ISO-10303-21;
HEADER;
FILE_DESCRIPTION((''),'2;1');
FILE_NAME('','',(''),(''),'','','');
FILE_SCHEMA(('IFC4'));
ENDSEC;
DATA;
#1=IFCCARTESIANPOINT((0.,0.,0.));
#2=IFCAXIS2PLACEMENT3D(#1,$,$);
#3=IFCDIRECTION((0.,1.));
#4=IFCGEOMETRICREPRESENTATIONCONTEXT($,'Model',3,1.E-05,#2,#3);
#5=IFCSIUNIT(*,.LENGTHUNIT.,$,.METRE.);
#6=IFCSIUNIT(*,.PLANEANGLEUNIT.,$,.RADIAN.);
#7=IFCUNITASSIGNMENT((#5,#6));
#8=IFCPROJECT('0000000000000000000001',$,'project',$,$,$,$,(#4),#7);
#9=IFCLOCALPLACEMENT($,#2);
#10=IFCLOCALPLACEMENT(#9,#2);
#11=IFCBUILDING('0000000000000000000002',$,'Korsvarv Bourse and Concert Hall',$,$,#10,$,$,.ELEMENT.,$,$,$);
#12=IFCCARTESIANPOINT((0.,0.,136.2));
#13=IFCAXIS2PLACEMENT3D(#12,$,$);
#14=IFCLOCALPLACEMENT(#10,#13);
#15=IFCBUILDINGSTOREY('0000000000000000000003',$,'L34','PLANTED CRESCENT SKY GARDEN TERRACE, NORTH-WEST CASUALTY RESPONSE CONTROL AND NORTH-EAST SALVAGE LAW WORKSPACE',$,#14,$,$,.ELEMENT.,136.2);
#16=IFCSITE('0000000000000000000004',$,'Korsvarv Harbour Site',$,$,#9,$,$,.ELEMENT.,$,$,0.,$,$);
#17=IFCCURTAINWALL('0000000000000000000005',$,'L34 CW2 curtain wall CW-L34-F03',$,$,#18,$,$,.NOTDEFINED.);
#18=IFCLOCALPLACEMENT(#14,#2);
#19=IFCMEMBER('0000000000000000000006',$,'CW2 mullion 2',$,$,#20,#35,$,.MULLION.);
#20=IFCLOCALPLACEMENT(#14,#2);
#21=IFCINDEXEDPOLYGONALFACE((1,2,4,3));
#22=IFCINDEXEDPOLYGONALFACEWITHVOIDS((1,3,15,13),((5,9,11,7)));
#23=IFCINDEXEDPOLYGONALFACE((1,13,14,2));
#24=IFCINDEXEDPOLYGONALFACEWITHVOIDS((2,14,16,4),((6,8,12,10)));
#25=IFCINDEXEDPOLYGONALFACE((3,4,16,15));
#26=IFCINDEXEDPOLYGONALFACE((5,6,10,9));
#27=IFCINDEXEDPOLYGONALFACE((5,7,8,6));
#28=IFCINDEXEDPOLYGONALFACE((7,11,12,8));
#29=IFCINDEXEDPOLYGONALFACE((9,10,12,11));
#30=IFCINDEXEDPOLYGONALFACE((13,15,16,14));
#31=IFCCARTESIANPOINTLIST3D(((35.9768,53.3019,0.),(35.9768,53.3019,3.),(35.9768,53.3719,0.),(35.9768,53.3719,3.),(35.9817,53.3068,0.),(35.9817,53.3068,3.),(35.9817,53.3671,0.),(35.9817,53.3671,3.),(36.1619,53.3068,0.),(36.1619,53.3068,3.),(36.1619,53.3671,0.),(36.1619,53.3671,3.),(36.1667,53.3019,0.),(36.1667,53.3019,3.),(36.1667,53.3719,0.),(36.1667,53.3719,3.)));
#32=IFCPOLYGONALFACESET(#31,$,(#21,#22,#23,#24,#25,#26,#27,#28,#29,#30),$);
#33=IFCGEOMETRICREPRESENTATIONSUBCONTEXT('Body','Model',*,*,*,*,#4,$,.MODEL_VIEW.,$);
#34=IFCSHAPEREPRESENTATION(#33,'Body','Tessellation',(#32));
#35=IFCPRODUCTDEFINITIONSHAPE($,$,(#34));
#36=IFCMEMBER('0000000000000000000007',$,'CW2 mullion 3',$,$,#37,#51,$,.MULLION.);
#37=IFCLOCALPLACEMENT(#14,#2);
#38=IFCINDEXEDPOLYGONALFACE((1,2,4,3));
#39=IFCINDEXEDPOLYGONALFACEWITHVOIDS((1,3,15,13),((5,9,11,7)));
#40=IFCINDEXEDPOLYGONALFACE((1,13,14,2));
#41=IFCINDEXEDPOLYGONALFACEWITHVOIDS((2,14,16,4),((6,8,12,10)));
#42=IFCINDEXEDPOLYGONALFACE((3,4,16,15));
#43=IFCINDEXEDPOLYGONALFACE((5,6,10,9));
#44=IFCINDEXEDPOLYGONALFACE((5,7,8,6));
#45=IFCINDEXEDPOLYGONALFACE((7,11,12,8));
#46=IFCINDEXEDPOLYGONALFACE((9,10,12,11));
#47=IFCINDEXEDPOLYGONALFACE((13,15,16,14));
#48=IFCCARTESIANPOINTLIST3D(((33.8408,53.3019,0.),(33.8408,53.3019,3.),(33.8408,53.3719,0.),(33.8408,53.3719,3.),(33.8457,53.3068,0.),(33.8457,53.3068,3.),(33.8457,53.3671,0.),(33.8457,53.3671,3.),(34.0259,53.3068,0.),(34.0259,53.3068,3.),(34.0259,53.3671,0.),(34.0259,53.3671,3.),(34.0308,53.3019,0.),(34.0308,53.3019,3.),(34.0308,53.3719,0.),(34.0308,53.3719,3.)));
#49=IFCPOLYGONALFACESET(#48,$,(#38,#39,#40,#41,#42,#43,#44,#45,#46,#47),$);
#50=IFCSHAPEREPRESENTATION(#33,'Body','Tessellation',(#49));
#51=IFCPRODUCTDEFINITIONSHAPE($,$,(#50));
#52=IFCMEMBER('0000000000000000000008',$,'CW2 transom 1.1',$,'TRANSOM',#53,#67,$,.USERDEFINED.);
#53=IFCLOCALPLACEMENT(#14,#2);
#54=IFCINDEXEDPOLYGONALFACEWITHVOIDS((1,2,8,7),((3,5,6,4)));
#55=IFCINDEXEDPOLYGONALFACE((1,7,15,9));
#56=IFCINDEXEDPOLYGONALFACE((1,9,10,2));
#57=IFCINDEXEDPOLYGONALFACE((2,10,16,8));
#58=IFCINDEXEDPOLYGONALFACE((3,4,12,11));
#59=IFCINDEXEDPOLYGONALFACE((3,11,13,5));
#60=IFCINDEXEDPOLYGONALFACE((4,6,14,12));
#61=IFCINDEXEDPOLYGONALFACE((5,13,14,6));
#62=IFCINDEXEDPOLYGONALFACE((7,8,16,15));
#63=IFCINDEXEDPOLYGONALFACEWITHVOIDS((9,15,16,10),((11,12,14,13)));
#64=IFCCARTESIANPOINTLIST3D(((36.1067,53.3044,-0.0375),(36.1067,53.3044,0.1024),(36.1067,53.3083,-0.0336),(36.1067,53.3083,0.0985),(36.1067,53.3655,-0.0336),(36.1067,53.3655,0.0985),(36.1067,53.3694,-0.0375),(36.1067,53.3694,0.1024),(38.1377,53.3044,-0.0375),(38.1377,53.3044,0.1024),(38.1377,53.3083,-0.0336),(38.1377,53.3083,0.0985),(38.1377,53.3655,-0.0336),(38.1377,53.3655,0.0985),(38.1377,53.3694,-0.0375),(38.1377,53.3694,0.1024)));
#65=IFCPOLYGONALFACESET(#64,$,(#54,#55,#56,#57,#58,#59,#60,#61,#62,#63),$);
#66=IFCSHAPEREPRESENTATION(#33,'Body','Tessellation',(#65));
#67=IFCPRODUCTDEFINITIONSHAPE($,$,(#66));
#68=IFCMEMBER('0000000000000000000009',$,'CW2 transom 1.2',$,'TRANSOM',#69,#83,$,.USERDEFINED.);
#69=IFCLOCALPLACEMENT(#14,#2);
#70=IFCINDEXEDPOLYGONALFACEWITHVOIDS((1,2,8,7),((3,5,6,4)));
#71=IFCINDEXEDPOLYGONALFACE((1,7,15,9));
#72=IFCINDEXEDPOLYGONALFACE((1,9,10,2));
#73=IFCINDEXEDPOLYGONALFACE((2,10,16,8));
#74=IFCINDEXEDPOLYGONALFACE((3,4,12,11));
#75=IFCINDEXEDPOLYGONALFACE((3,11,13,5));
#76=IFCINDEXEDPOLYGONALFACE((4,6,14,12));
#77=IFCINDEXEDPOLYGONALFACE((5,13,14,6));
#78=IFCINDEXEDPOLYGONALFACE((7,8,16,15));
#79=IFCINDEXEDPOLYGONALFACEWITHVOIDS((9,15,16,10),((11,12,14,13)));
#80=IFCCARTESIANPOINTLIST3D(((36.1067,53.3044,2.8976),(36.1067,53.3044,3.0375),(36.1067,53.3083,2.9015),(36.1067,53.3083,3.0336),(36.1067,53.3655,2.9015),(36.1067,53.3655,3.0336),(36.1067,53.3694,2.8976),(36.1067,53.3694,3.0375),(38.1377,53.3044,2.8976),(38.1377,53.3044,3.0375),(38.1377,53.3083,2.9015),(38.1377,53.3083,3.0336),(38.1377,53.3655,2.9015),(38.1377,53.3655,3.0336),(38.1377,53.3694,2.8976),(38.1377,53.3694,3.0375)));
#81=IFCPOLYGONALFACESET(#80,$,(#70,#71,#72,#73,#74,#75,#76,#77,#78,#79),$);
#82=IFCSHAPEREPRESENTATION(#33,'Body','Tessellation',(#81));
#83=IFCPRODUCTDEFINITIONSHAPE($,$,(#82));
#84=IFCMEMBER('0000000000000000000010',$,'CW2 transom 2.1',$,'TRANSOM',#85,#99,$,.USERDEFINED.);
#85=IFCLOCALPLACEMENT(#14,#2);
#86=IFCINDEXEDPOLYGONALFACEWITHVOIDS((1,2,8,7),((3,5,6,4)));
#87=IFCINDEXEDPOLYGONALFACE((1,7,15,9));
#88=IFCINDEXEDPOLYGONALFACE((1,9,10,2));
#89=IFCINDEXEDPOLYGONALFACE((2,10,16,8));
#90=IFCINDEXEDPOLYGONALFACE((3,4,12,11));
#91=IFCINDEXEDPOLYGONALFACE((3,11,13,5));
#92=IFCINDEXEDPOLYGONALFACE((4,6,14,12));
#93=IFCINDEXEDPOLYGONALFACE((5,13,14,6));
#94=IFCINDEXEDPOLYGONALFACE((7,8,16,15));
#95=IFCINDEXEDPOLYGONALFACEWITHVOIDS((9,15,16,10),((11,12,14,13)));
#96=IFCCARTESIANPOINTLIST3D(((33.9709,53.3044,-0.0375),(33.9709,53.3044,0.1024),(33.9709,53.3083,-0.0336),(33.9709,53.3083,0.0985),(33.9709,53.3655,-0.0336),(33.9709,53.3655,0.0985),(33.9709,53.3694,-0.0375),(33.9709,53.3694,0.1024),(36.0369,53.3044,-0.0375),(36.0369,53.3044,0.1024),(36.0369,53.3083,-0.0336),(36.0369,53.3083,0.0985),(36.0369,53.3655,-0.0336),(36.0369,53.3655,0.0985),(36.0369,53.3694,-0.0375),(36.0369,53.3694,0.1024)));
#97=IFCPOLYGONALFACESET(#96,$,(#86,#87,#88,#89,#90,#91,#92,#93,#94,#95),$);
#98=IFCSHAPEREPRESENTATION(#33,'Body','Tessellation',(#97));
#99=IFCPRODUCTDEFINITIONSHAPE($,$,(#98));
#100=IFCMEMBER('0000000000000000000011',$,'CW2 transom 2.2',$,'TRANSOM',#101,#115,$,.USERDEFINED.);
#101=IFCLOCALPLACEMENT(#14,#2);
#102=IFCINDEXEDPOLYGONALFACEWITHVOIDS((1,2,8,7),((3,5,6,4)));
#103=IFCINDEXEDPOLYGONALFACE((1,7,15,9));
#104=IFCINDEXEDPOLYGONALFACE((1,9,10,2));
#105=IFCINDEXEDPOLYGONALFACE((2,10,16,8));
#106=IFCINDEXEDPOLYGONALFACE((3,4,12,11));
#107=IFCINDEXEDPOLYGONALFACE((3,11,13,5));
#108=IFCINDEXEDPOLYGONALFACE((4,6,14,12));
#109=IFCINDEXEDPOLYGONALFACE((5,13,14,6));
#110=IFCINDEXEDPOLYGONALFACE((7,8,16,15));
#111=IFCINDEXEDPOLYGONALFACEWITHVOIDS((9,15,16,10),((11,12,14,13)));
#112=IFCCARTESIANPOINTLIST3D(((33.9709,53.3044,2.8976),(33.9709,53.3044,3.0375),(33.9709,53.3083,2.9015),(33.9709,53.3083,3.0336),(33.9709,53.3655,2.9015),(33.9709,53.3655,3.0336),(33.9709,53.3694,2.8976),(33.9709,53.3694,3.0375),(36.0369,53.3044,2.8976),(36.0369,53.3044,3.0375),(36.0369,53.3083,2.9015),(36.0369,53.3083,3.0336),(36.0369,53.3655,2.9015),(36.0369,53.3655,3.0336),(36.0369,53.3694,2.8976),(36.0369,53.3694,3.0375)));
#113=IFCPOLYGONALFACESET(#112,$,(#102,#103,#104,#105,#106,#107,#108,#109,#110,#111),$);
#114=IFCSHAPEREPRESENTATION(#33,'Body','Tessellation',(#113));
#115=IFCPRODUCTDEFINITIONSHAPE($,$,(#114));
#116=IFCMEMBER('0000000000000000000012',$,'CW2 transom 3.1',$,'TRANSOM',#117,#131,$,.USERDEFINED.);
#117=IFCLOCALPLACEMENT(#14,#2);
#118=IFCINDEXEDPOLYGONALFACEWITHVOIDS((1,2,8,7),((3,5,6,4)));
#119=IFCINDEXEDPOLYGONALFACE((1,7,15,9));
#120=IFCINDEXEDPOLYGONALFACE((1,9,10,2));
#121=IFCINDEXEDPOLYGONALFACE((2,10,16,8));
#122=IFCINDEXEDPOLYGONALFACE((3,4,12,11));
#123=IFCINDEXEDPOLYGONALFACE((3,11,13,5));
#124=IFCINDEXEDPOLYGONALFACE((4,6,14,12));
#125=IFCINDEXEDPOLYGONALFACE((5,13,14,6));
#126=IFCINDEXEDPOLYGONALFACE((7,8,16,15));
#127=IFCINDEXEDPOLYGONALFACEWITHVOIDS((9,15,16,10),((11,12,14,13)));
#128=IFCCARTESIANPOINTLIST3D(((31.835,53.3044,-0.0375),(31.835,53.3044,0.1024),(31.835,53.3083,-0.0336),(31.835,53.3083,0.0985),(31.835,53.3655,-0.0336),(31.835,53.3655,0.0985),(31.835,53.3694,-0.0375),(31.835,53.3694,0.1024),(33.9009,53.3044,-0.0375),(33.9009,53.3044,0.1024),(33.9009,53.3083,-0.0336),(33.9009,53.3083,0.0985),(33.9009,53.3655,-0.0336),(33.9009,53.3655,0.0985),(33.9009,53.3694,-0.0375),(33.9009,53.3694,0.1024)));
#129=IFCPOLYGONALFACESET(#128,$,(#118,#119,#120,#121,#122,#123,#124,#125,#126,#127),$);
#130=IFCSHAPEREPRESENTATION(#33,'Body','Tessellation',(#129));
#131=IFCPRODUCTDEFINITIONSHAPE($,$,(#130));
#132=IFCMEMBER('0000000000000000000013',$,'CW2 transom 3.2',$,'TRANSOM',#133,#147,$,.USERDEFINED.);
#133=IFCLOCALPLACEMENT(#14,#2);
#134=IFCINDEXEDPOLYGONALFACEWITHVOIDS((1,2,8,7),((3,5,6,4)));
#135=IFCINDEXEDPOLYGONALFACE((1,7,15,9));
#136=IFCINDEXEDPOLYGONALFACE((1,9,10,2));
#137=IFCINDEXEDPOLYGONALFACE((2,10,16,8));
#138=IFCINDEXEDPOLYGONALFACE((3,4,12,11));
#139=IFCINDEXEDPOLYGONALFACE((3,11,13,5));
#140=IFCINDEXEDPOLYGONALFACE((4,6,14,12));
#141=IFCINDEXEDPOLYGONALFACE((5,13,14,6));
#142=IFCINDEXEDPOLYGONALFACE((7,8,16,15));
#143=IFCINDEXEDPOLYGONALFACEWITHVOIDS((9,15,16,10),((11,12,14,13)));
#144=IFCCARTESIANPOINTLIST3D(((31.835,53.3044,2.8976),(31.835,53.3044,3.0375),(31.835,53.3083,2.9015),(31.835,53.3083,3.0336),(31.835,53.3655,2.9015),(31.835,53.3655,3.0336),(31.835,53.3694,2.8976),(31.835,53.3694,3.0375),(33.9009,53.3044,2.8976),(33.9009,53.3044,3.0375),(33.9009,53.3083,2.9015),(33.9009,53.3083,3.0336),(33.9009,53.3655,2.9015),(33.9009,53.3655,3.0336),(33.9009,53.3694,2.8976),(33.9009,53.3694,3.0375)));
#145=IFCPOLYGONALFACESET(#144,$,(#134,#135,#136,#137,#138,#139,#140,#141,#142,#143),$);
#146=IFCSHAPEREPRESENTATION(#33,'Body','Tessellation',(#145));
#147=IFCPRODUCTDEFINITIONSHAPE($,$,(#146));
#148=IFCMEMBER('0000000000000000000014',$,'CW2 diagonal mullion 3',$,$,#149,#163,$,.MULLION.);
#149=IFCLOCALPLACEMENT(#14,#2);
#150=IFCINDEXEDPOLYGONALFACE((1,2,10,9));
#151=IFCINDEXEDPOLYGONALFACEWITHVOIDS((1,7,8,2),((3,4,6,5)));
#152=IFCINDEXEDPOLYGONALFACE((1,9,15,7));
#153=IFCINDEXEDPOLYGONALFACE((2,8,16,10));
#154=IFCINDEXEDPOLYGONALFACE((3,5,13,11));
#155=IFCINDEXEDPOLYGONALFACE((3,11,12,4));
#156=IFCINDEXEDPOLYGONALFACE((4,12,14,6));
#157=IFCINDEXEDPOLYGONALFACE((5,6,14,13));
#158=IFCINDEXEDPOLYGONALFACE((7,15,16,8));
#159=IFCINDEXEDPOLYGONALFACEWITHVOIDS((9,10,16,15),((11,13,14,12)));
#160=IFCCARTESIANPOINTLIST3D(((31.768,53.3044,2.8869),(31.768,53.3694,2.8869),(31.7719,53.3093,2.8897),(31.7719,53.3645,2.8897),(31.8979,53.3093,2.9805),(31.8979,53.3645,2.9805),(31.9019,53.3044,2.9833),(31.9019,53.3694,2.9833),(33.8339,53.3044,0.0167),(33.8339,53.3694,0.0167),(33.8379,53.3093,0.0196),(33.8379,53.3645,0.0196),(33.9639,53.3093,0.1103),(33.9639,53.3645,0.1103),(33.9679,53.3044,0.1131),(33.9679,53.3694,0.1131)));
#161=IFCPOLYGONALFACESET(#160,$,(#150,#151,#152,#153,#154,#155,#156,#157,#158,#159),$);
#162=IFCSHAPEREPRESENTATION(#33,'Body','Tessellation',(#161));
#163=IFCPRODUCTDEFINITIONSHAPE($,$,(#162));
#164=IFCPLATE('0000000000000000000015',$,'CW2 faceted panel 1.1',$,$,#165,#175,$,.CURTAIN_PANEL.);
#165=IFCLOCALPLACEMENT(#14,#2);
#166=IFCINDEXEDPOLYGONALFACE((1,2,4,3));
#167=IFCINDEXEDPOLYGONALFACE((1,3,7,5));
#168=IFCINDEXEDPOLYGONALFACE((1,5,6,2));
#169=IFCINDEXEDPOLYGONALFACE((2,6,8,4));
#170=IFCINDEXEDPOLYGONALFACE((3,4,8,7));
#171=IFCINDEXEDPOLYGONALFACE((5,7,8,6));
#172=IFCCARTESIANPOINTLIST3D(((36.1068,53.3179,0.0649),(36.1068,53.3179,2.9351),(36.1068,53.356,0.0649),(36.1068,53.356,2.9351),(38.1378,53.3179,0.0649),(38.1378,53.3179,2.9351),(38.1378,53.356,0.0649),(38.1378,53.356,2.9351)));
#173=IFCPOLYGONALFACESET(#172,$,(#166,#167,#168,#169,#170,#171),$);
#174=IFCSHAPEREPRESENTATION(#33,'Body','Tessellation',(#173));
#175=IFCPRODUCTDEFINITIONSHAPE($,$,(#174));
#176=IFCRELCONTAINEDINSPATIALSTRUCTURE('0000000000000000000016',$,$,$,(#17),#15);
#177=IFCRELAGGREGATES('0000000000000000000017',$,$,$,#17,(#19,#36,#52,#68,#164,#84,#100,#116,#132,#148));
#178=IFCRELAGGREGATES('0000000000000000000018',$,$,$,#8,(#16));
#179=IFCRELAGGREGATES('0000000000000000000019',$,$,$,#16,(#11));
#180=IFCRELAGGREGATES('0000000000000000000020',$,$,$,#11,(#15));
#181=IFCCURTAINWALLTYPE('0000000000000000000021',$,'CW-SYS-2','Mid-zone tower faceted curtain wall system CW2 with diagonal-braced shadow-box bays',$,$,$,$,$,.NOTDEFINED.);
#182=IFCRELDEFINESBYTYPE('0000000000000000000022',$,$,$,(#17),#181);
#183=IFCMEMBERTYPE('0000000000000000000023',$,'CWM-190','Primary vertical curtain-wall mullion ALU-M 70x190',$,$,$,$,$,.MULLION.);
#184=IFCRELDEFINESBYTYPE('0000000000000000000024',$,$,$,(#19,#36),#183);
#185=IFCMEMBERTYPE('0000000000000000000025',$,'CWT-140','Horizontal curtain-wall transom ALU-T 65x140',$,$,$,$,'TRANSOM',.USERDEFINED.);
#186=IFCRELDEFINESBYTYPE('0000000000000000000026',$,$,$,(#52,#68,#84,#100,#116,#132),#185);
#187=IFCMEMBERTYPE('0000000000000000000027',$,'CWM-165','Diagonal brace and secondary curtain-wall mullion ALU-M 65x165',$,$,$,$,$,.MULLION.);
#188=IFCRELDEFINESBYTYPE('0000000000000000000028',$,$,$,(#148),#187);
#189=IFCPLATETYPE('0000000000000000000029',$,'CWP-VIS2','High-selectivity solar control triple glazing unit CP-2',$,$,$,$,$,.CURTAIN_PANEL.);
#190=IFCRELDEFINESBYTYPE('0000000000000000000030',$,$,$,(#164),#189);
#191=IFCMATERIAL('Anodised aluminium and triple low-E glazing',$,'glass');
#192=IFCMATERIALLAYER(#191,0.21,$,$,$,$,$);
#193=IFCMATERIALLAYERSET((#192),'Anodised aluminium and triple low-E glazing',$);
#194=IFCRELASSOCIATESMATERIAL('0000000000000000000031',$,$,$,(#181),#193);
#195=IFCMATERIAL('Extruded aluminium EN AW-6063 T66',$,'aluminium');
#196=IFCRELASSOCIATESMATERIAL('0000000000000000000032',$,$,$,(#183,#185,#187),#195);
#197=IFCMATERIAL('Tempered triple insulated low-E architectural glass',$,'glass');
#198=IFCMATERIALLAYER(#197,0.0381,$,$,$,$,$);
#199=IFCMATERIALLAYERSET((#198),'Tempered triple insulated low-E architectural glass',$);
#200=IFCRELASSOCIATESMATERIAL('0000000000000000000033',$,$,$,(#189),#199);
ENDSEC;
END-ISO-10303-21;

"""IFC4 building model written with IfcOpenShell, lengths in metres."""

from ifc_helpers import new_model, si_unit, direction, frame, origin, origin_2d, place, context, subcontext, project, spatial, rectangle, hollow_rectangle, extrude, source, transform, mapped, material, layer, layer_set, material_profile, profile_set, type_object, element, aggregate, save


model = new_model("IFC4")

# Units and contexts
model_context = context("Model", 3, precision=1e-05, world=origin(), true_north=direction((0.0, 1.0)))
body_context = subcontext(model_context, "Body", "Model", "MODEL_VIEW")
ifc_project = project(units=[si_unit("LENGTHUNIT", "METRE"), si_unit("PLANEANGLEUNIT", "RADIAN")], contexts=[model_context])

# Site, building, storey
site_placement = place(None, origin())
site = spatial("IfcSite", under=ifc_project, at=site_placement, Name="Korsvarv Harbour Site", CompositionType="ELEMENT", RefElevation=0.0)
building_placement = place(site_placement, origin())
building = spatial("IfcBuilding", under=site, at=building_placement, Name="Korsvarv Bourse and Concert Hall", CompositionType="ELEMENT")
storey_placement = place(building_placement, frame((0.0, 0.0, 136.2)))
storey = spatial("IfcBuildingStorey", under=building, at=storey_placement, Name="L34", Description="PLANTED CRESCENT SKY GARDEN TERRACE, NORTH-WEST CASUALTY RESPONSE CONTROL AND NORTH-EAST SALVAGE LAW WORKSPACE", CompositionType="ELEMENT", Elevation=136.2)

# Curtain wall, members, plate
ifc_material_1 = material(Name="Anodised aluminium and triple low-E glazing", Category="glass")
ifc_layer_1 = layer(ifc_material_1, 0.21)
ifc_layer_set_1 = layer_set([ifc_layer_1], Name="Anodised aluminium and triple low-E glazing")
curtain_wall_type = type_object("IfcCurtainWallType", Name="CW-SYS-2", Description="Mid-zone tower faceted curtain wall system CW2 with diagonal-braced shadow-box bays", PredefinedType="NOTDEFINED", material=ifc_layer_set_1)
curtain_wall_placement = place(storey_placement, origin())
curtain_wall = element("IfcCurtainWall", 1, at=curtain_wall_placement, inside=storey, type_object=curtain_wall_type, Name="L34 CW2 curtain wall CW-L34-F03", PredefinedType="NOTDEFINED")
ifc_material_2 = material(Name="Extruded aluminium EN AW-6063 T66", Category="aluminium")
ifc_material_profile_1 = material_profile(ifc_material_2, hollow_rectangle(XDim=0.0701, YDim=0.1899, WallThickness=0.0049, at=origin_2d()), Name="ALU-M 70x190")
ifc_profile_set_1 = profile_set([ifc_material_profile_1], Name="Extruded aluminium EN AW-6063 T66")
member_type_1 = type_object("IfcMemberType", Name="CWM-190", Description="Primary vertical curtain-wall mullion ALU-M 70x190", PredefinedType="MULLION", material=ifc_profile_set_1)
shared_shape_1 = source(origin(), body_context, "Body", "SweptSolid", [
    extrude(hollow_rectangle(XDim=0.0701, YDim=0.1899, WallThickness=0.0049, at=origin_2d()), origin(), (0.0, 0.0, 1.0), 3.0),
])
member_1_placement = place(storey_placement, frame((36.0718, 53.3369, 0.0), z_axis=(0.0, 0.0, 1.0), x_axis=(0.0, -1.0, 0.0)))
member_1 = element("IfcMember", 2, at=member_1_placement, type_object=member_type_1, Name="CW2 mullion 2", PredefinedType="MULLION", context=body_context, shape_type="MappedRepresentation", body=[
    mapped(shared_shape_1, transform((0.0, 0.0, 0.0), scale=1.0)),
])
member_2_placement = place(storey_placement, frame((33.9358, 53.3369, 0.0), z_axis=(0.0, 0.0, 1.0), x_axis=(0.0, -1.0, 0.0)))
member_2 = element("IfcMember", 3, at=member_2_placement, type_object=member_type_1, Name="CW2 mullion 3", PredefinedType="MULLION", context=body_context, shape_type="MappedRepresentation", body=[
    mapped(shared_shape_1, transform((0.0, 0.0, 0.0), scale=1.0)),
])
ifc_material_profile_2 = material_profile(ifc_material_2, hollow_rectangle(XDim=0.0649, YDim=0.1399, WallThickness=0.0039, at=origin_2d()), Name="ALU-T 65x140")
ifc_profile_set_2 = profile_set([ifc_material_profile_2], Name="Extruded aluminium EN AW-6063 T66")
member_type_2 = type_object("IfcMemberType", Name="CWT-140", Description="Horizontal curtain-wall transom ALU-T 65x140", ElementType="TRANSOM", PredefinedType="USERDEFINED", material=ifc_profile_set_2)
shared_shape_2 = source(origin(), body_context, "Body", "SweptSolid", [
    extrude(hollow_rectangle(XDim=0.0649, YDim=0.1399, WallThickness=0.0039, at=origin_2d()), origin(), (0.0, 0.0, 1.0), 2.031),
])
member_3_placement = place(storey_placement, frame((38.1377, 53.3369, 0.0325), z_axis=(-1.0, 0.0, 0.0), x_axis=(0.0, -1.0, 0.0)))
member_3 = element("IfcMember", 4, at=member_3_placement, type_object=member_type_2, Name="CW2 transom 1.1", ObjectType="TRANSOM", PredefinedType="USERDEFINED", context=body_context, shape_type="MappedRepresentation", body=[
    mapped(shared_shape_2, transform((0.0, 0.0, 0.0), scale=1.0)),
])
member_4_placement = place(storey_placement, frame((38.1377, 53.3369, 2.9675), z_axis=(-1.0, 0.0, 0.0), x_axis=(0.0, -1.0, 0.0)))
member_4 = element("IfcMember", 5, at=member_4_placement, type_object=member_type_2, Name="CW2 transom 1.2", ObjectType="TRANSOM", PredefinedType="USERDEFINED", context=body_context, shape_type="MappedRepresentation", body=[
    mapped(shared_shape_2, transform((0.0, 0.0, 0.0), scale=1.0)),
])
shared_shape_3 = source(origin(), body_context, "Body", "SweptSolid", [
    extrude(hollow_rectangle(XDim=0.0649, YDim=0.1399, WallThickness=0.0039, at=origin_2d()), origin(), (0.0, 0.0, 1.0), 2.0659),
])
member_5_placement = place(storey_placement, frame((36.0369, 53.3369, 0.0325), z_axis=(-1.0, 0.0, 0.0), x_axis=(0.0, -1.0, 0.0)))
member_5 = element("IfcMember", 6, at=member_5_placement, type_object=member_type_2, Name="CW2 transom 2.1", ObjectType="TRANSOM", PredefinedType="USERDEFINED", context=body_context, shape_type="MappedRepresentation", body=[
    mapped(shared_shape_3, transform((0.0, 0.0, 0.0), scale=1.0)),
])
member_6_placement = place(storey_placement, frame((36.0369, 53.3369, 2.9675), z_axis=(-1.0, 0.0, 0.0), x_axis=(0.0, -1.0, 0.0)))
member_6 = element("IfcMember", 7, at=member_6_placement, type_object=member_type_2, Name="CW2 transom 2.2", ObjectType="TRANSOM", PredefinedType="USERDEFINED", context=body_context, shape_type="MappedRepresentation", body=[
    mapped(shared_shape_3, transform((0.0, 0.0, 0.0), scale=1.0)),
])
member_7_placement = place(storey_placement, frame((33.9009, 53.3369, 0.0325), z_axis=(-1.0, 0.0, 0.0), x_axis=(0.0, -1.0, 0.0)))
member_7 = element("IfcMember", 8, at=member_7_placement, type_object=member_type_2, Name="CW2 transom 3.1", ObjectType="TRANSOM", PredefinedType="USERDEFINED", context=body_context, shape_type="MappedRepresentation", body=[
    mapped(shared_shape_3, transform((0.0, 0.0, 0.0), scale=1.0)),
])
member_8_placement = place(storey_placement, frame((33.9009, 53.3369, 2.9675), z_axis=(-1.0, 0.0, 0.0), x_axis=(0.0, -1.0, 0.0)))
member_8 = element("IfcMember", 9, at=member_8_placement, type_object=member_type_2, Name="CW2 transom 3.2", ObjectType="TRANSOM", PredefinedType="USERDEFINED", context=body_context, shape_type="MappedRepresentation", body=[
    mapped(shared_shape_3, transform((0.0, 0.0, 0.0), scale=1.0)),
])
ifc_material_profile_3 = material_profile(ifc_material_2, hollow_rectangle(XDim=0.0649, YDim=0.165, WallThickness=0.0049, at=origin_2d()), Name="ALU-M 65x165")
ifc_profile_set_3 = profile_set([ifc_material_profile_3], Name="Extruded aluminium EN AW-6063 T66")
member_type_3 = type_object("IfcMemberType", Name="CWM-165", Description="Diagonal brace and secondary curtain-wall mullion ALU-M 65x165", PredefinedType="MULLION", material=ifc_profile_set_3)
shared_shape_4 = source(origin(), body_context, "Body", "SweptSolid", [
    extrude(hollow_rectangle(XDim=0.0649, YDim=0.165, WallThickness=0.0049, at=origin_2d()), origin(), (0.0, 0.0, 1.0), 3.5364),
])
member_9_placement = place(storey_placement, frame((33.9009, 53.3369, 0.0649), z_axis=(-0.584199, 0.0, 0.81161), x_axis=(0.0, -1.0, 0.0)))
member_9 = element("IfcMember", 10, at=member_9_placement, type_object=member_type_3, Name="CW2 diagonal mullion 3", PredefinedType="MULLION", context=body_context, shape_type="MappedRepresentation", body=[
    mapped(shared_shape_4, transform((0.0, 0.0, 0.0), scale=1.0)),
])
ifc_material_3 = material(Name="Tempered triple insulated low-E architectural glass", Category="glass")
ifc_layer_2 = layer(ifc_material_3, 0.0381)
ifc_layer_set_2 = layer_set([ifc_layer_2], Name="Tempered triple insulated low-E architectural glass")
plate_type = type_object("IfcPlateType", Name="CWP-VIS2", Description="High-selectivity solar control triple glazing unit CP-2", PredefinedType="CURTAIN_PANEL", material=ifc_layer_set_2)
shared_shape_5 = source(origin(), body_context, "Body", "SweptSolid", [
    extrude(rectangle(XDim=2.031, YDim=0.0381, at=origin_2d()), origin(), (0.0, 0.0, 1.0), 2.8701),
])
plate_1_placement = place(storey_placement, frame((37.1223, 53.3369, 0.0649), z_axis=(0.0, 0.0, 1.0), x_axis=(-1.0, 0.0, 0.0)))
plate_1 = element("IfcPlate", 11, at=plate_1_placement, type_object=plate_type, Name="CW2 faceted panel 1.1", PredefinedType="CURTAIN_PANEL", context=body_context, shape_type="MappedRepresentation", body=[
    mapped(shared_shape_5, transform((0.0, 0.0, 0.0), scale=1.0)),
])
aggregate(curtain_wall, [member_1, member_2, member_3, member_4, plate_1, member_5, member_6, member_7, member_8, member_9])

save(model, "model.ifc")
